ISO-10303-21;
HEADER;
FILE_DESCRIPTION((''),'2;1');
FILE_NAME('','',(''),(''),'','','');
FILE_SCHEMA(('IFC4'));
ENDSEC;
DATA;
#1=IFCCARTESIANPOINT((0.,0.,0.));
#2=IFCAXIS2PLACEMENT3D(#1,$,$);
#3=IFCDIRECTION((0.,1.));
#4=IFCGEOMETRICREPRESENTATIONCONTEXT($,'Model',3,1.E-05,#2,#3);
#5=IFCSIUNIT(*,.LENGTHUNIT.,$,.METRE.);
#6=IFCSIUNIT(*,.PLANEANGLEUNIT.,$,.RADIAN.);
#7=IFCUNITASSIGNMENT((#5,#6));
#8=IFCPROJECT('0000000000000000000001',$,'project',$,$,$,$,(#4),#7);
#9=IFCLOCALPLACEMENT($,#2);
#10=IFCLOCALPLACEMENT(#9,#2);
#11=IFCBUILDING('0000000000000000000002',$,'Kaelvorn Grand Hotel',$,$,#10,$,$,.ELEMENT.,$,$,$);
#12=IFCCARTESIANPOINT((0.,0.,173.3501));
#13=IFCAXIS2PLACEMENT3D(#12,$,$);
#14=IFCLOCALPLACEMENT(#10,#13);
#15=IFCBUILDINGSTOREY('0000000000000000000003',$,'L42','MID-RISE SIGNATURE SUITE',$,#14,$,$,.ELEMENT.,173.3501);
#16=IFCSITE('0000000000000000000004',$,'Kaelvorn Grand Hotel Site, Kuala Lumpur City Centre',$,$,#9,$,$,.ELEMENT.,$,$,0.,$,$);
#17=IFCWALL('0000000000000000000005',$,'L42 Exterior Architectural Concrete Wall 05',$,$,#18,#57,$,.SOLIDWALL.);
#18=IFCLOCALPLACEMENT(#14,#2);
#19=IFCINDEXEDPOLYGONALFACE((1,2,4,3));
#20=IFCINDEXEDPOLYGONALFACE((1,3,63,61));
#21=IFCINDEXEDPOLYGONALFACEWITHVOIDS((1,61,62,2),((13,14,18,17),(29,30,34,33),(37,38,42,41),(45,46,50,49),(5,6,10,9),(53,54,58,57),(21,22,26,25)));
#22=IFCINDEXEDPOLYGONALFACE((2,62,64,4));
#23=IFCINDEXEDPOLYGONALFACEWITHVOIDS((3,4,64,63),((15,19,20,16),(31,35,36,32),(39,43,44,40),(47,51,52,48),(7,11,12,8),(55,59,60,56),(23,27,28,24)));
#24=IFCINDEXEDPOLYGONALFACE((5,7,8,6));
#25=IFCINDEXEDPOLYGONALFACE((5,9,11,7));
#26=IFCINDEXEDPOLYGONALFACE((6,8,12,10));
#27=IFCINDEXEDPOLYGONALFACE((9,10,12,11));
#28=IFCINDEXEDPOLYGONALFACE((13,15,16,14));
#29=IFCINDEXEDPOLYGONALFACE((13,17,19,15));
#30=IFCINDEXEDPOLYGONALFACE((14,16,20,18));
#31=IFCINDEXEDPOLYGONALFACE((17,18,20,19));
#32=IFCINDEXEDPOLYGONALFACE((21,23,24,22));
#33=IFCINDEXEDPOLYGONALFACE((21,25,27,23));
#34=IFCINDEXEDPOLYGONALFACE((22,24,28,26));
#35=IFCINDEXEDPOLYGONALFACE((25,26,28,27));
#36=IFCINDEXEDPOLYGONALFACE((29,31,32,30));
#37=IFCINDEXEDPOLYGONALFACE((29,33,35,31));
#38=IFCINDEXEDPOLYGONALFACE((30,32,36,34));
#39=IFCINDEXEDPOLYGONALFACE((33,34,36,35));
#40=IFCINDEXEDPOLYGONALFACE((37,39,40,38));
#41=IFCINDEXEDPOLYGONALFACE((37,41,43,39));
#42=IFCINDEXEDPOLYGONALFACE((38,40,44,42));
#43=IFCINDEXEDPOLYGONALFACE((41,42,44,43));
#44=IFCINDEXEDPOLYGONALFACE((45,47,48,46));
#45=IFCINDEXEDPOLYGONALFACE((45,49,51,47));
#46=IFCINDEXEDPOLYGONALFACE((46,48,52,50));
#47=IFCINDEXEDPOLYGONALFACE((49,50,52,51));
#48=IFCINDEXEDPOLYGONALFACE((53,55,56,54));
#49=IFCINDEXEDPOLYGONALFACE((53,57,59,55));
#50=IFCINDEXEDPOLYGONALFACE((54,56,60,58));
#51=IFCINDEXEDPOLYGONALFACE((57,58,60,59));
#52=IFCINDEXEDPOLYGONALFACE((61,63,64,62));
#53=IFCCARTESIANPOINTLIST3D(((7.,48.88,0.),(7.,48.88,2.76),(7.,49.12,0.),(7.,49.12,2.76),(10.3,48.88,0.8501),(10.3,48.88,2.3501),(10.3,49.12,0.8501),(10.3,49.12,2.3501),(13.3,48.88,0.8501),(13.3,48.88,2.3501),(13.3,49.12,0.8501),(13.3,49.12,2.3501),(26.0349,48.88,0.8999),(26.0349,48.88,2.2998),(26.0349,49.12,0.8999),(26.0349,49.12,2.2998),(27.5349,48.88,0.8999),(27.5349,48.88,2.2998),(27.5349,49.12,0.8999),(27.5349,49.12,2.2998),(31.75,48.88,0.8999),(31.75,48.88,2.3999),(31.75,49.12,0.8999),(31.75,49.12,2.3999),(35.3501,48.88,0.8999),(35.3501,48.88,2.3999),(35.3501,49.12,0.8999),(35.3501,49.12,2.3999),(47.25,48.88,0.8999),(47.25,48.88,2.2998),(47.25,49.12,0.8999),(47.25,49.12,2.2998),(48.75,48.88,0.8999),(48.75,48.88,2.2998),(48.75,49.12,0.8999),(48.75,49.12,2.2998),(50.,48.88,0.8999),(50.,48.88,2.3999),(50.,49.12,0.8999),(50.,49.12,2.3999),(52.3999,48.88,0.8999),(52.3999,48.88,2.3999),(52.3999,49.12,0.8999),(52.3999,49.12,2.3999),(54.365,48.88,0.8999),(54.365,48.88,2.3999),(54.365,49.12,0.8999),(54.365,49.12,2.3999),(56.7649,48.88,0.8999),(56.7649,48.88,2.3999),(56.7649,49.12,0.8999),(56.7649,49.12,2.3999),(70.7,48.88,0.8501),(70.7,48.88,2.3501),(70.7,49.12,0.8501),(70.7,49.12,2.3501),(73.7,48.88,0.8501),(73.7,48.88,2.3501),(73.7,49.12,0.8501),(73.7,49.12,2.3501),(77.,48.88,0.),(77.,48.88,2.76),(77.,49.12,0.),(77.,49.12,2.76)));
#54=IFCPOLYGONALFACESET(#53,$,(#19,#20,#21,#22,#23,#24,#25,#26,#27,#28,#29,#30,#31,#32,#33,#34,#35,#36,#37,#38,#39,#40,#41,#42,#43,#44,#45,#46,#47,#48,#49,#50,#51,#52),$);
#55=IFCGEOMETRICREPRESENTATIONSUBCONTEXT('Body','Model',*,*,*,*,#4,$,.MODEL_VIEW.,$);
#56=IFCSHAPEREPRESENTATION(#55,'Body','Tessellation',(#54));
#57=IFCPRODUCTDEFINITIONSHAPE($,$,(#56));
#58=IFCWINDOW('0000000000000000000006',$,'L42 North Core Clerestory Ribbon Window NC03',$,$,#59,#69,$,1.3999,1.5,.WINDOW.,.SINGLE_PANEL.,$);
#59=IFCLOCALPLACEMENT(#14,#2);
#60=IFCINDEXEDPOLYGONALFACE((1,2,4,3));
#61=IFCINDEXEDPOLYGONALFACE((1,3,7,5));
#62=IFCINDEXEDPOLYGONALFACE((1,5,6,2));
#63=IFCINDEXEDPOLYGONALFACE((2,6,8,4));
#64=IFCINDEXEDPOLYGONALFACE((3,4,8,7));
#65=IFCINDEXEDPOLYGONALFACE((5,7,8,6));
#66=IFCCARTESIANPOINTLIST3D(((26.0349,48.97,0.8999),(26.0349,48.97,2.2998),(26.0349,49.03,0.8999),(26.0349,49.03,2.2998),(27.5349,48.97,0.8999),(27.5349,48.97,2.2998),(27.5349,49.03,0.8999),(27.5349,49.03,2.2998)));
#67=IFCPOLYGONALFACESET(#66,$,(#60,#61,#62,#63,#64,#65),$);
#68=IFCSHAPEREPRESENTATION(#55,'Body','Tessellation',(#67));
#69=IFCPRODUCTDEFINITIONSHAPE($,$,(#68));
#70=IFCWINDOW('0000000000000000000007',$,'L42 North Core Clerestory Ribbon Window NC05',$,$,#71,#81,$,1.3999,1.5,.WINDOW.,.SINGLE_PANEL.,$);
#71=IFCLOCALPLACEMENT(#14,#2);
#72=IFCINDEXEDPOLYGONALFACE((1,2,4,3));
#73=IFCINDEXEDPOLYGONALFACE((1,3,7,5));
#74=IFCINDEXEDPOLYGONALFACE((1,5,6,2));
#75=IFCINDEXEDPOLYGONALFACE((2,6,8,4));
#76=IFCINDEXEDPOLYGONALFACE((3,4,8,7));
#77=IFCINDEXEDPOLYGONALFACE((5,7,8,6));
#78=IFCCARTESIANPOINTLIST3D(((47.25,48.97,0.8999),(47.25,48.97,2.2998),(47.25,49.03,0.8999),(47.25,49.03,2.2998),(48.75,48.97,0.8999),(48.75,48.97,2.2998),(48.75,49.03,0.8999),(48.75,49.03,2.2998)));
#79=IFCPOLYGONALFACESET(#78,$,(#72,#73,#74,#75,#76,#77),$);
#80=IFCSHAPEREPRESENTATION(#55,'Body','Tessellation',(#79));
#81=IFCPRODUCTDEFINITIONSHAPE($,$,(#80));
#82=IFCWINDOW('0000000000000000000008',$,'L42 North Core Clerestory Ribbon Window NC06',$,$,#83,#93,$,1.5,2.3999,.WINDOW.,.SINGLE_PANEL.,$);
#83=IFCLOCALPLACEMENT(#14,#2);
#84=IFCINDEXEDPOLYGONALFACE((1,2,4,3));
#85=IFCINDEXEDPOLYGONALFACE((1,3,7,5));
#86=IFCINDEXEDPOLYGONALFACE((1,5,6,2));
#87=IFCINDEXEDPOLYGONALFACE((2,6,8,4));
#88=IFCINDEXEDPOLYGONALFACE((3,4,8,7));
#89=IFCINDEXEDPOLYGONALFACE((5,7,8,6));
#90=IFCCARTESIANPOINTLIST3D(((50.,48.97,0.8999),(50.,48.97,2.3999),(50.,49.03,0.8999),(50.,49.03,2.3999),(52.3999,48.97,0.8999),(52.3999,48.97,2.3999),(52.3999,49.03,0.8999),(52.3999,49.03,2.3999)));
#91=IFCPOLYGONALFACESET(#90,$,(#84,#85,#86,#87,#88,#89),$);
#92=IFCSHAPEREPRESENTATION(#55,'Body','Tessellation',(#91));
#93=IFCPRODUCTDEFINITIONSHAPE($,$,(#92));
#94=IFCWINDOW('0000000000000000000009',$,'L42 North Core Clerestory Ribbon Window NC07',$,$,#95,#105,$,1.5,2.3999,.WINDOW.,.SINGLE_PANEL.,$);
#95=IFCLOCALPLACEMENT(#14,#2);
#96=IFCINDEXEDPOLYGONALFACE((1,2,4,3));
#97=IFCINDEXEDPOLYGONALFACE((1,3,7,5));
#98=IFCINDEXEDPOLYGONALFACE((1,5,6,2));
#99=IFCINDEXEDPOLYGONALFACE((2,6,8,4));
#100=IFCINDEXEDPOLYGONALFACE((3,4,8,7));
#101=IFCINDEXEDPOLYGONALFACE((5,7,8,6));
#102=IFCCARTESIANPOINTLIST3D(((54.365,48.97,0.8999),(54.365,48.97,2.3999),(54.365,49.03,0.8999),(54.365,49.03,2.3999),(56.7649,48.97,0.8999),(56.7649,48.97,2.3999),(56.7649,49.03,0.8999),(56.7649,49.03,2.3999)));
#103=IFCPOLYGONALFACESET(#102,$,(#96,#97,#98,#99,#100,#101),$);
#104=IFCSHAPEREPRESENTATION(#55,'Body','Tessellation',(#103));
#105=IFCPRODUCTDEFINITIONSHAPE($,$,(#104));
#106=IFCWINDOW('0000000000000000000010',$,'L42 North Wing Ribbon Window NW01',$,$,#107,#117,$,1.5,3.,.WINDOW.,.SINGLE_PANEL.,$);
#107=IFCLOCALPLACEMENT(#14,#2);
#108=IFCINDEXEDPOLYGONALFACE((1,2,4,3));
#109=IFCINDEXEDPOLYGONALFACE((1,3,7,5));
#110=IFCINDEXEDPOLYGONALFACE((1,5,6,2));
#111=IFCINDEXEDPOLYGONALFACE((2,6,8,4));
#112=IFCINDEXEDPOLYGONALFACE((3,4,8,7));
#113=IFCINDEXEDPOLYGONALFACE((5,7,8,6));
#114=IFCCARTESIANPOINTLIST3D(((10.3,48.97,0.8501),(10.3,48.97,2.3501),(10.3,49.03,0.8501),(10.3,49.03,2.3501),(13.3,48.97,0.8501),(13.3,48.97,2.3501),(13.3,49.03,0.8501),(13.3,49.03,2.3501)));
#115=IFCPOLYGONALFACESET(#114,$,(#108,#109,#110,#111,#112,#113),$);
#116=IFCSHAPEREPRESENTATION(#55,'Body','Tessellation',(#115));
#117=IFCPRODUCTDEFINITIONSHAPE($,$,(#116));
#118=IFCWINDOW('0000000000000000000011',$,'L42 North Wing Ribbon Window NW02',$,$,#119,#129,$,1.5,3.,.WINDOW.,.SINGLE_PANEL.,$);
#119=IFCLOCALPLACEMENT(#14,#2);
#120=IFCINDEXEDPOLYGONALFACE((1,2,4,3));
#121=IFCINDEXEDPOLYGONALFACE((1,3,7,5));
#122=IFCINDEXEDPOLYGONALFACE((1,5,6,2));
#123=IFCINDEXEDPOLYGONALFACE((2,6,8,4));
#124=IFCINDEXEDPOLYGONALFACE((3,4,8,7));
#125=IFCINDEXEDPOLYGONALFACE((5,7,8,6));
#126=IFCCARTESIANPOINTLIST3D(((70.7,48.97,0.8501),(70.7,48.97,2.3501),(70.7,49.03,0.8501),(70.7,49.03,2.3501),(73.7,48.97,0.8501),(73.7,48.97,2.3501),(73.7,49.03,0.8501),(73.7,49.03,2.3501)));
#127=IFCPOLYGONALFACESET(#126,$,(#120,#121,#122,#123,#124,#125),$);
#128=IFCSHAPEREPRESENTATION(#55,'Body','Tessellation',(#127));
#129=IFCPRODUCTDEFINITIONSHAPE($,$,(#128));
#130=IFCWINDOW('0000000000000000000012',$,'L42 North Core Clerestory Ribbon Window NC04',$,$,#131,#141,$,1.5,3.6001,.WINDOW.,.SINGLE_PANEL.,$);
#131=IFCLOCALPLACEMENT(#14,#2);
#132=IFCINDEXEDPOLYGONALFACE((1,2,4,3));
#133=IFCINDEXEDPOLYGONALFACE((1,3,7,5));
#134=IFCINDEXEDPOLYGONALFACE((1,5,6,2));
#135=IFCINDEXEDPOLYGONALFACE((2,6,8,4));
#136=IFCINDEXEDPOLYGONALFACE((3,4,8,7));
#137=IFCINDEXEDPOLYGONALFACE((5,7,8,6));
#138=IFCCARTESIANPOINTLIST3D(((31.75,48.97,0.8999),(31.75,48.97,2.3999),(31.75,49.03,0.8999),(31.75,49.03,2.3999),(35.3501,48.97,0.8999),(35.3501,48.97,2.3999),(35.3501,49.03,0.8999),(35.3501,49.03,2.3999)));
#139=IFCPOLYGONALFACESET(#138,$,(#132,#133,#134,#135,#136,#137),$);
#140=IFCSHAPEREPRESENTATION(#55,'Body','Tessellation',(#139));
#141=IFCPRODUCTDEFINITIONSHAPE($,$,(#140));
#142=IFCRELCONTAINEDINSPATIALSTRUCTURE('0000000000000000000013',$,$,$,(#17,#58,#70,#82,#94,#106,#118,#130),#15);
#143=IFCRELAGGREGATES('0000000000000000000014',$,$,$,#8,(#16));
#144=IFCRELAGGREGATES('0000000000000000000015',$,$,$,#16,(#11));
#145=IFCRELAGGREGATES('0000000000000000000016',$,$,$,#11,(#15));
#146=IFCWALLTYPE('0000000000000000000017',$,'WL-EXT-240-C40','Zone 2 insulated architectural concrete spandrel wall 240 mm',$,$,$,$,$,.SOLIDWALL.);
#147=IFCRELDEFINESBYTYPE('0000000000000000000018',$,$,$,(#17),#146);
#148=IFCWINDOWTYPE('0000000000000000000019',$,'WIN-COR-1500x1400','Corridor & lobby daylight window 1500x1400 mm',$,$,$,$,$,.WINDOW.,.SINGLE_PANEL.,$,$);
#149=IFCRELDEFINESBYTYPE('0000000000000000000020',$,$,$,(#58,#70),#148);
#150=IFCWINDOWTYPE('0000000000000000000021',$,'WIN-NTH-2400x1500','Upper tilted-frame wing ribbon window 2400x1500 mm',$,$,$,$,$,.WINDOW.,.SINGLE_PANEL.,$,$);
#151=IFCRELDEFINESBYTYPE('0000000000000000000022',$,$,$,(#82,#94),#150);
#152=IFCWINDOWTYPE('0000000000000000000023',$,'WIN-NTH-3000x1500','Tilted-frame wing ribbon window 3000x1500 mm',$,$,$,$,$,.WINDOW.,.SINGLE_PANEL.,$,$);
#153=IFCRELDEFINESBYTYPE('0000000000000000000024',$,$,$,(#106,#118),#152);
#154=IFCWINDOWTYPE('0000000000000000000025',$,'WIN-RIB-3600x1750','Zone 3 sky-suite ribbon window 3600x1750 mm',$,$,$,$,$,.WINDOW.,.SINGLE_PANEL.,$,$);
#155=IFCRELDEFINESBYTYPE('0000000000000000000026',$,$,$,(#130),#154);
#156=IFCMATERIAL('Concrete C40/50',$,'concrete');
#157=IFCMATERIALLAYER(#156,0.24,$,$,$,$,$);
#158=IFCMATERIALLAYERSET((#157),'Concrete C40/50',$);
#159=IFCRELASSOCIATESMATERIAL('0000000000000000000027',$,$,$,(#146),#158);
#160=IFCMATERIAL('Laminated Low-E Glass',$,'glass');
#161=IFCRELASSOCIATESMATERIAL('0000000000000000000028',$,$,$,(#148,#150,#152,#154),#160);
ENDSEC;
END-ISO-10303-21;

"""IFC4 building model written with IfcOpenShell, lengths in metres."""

from ifc_helpers import new_model, si_unit, direction, frame, frame_2d, origin, place, context, subcontext, project, spatial, rectangle, extrude, material, layer, layer_set, type_object, element, fill, save


model = new_model("IFC4")

# Units and contexts
model_context = context("Model", 3, precision=1e-05, world=origin(), true_north=direction((0.0, 1.0)))
body_context = subcontext(model_context, "Body", "Model", "MODEL_VIEW")
ifc_project = project(units=[si_unit("LENGTHUNIT", "METRE"), si_unit("PLANEANGLEUNIT", "RADIAN")], contexts=[model_context])

# Site, building, storey
site_placement = place(None, origin())
site = spatial("IfcSite", under=ifc_project, at=site_placement, Name="Kaelvorn Grand Hotel Site, Kuala Lumpur City Centre", CompositionType="ELEMENT", RefElevation=0.0)
building_placement = place(site_placement, origin())
building = spatial("IfcBuilding", under=site, at=building_placement, Name="Kaelvorn Grand Hotel", CompositionType="ELEMENT")
storey_placement = place(building_placement, frame((0.0, 0.0, 173.3501)))
storey = spatial("IfcBuildingStorey", under=building, at=storey_placement, Name="L42", Description="MID-RISE SIGNATURE SUITE", CompositionType="ELEMENT", Elevation=173.3501)

# Shared definitions
ifc_material_1 = material(Name="Concrete C40/50", Category="concrete")
ifc_layer_1 = layer(ifc_material_1, 0.24)
ifc_layer_set_1 = layer_set([ifc_layer_1], Name="Concrete C40/50")
wall_type = type_object("IfcWallType", Name="WL-EXT-240-C40", Description="Zone 2 insulated architectural concrete spandrel wall 240 mm", PredefinedType="SOLIDWALL", material=ifc_layer_set_1)
ifc_material_2 = material(Name="Laminated Low-E Glass", Category="glass")

# Wall, openings, windows
wall_1_placement = place(storey_placement, frame((77.0, 49.0, 0.0), z_axis=(0.0, 0.0, 1.0), x_axis=(-1.0, 0.0, 0.0)))
wall_1 = element("IfcWall", 1, at=wall_1_placement, inside=storey, type_object=wall_type, Name="L42 Exterior Architectural Concrete Wall 05", PredefinedType="SOLIDWALL", context=body_context, shape_type="SweptSolid", body=[
    extrude(rectangle(XDim=70.0, YDim=0.24, at=frame_2d((35.0, 0.0))), origin(), (0.0, 0.0, 1.0), 2.76),
])
opening_1_placement = place(wall_1_placement, frame((63.7, 0.0, 0.8501)))
opening_1 = element("IfcOpeningElement", 2, at=opening_1_placement, cuts=wall_1, PredefinedType="OPENING", context=body_context, shape_type="SweptSolid", body=[
    extrude(rectangle(XDim=3.0, YDim=1.5, at=frame_2d((1.5, 0.75))), frame((0.0, 0.1299, 0.0), z_axis=(0.0, -1.0, 0.0), x_axis=(1.0, 0.0, 0.0)), (0.0, 0.0, 1.0), 0.26),
])
opening_2_placement = place(wall_1_placement, frame((3.3, 0.0, 0.8501)))
opening_2 = element("IfcOpeningElement", 3, at=opening_2_placement, cuts=wall_1, PredefinedType="OPENING", context=body_context, shape_type="SweptSolid", body=[
    extrude(rectangle(XDim=3.0, YDim=1.5, at=frame_2d((1.5, 0.75))), frame((0.0, 0.1299, 0.0), z_axis=(0.0, -1.0, 0.0), x_axis=(1.0, 0.0, 0.0)), (0.0, 0.0, 1.0), 0.26),
])
opening_3_placement = place(wall_1_placement, frame((49.4651, 0.0, 0.8999)))
opening_3 = element("IfcOpeningElement", 4, at=opening_3_placement, cuts=wall_1, PredefinedType="OPENING", context=body_context, shape_type="SweptSolid", body=[
    extrude(rectangle(XDim=1.5, YDim=1.3999, at=frame_2d((0.75, 0.7))), frame((0.0, 0.1299, 0.0), z_axis=(0.0, -1.0, 0.0), x_axis=(1.0, 0.0, 0.0)), (0.0, 0.0, 1.0), 0.26),
])
opening_4_placement = place(wall_1_placement, frame((41.6499, 0.0, 0.8999)))
opening_4 = element("IfcOpeningElement", 5, at=opening_4_placement, cuts=wall_1, PredefinedType="OPENING", context=body_context, shape_type="SweptSolid", body=[
    extrude(rectangle(XDim=3.6001, YDim=1.5, at=frame_2d((1.8, 0.75))), frame((0.0, 0.1299, 0.0), z_axis=(0.0, -1.0, 0.0), x_axis=(1.0, 0.0, 0.0)), (0.0, 0.0, 1.0), 0.26),
])
opening_5_placement = place(wall_1_placement, frame((28.25, 0.0, 0.8999)))
opening_5 = element("IfcOpeningElement", 6, at=opening_5_placement, cuts=wall_1, PredefinedType="OPENING", context=body_context, shape_type="SweptSolid", body=[
    extrude(rectangle(XDim=1.5, YDim=1.3999, at=frame_2d((0.75, 0.7))), frame((0.0, 0.1299, 0.0), z_axis=(0.0, -1.0, 0.0), x_axis=(1.0, 0.0, 0.0)), (0.0, 0.0, 1.0), 0.26),
])
opening_6_placement = place(wall_1_placement, frame((24.6001, 0.0, 0.8999)))
opening_6 = element("IfcOpeningElement", 7, at=opening_6_placement, cuts=wall_1, PredefinedType="OPENING", context=body_context, shape_type="SweptSolid", body=[
    extrude(rectangle(XDim=2.3999, YDim=1.5, at=frame_2d((1.2, 0.75))), frame((0.0, 0.1299, 0.0), z_axis=(0.0, -1.0, 0.0), x_axis=(1.0, 0.0, 0.0)), (0.0, 0.0, 1.0), 0.26),
])
opening_7_placement = place(wall_1_placement, frame((20.2351, 0.0, 0.8999)))
opening_7 = element("IfcOpeningElement", 8, at=opening_7_placement, cuts=wall_1, PredefinedType="OPENING", context=body_context, shape_type="SweptSolid", body=[
    extrude(rectangle(XDim=2.3999, YDim=1.5, at=frame_2d((1.2, 0.75))), frame((0.0, 0.1299, 0.0), z_axis=(0.0, -1.0, 0.0), x_axis=(1.0, 0.0, 0.0)), (0.0, 0.0, 1.0), 0.26),
])
window_type_1 = type_object("IfcWindowType", Name="WIN-COR-1500x1400", Description="Corridor & lobby daylight window 1500x1400 mm", PartitioningType="SINGLE_PANEL", PredefinedType="WINDOW", material=ifc_material_2)
window_1_placement = place(opening_3_placement, origin())
window_1 = element("IfcWindow", 9, at=window_1_placement, inside=storey, type_object=window_type_1, Name="L42 North Core Clerestory Ribbon Window NC03", OverallHeight=1.3999, OverallWidth=1.5, PartitioningType="SINGLE_PANEL", PredefinedType="WINDOW", context=body_context, shape_type="SweptSolid", body=[
    extrude(rectangle(XDim=1.5, YDim=1.3999, at=frame_2d((0.75, 0.7))), frame((0.0, 0.03, 0.0), z_axis=(0.0, -1.0, 0.0), x_axis=(1.0, 0.0, 0.0)), (0.0, 0.0, 1.0), 0.0601),
])
fill(opening_3, window_1)
window_2_placement = place(opening_5_placement, origin())
window_2 = element("IfcWindow", 10, at=window_2_placement, inside=storey, type_object=window_type_1, Name="L42 North Core Clerestory Ribbon Window NC05", OverallHeight=1.3999, OverallWidth=1.5, PartitioningType="SINGLE_PANEL", PredefinedType="WINDOW", context=body_context, shape_type="SweptSolid", body=[
    extrude(rectangle(XDim=1.5, YDim=1.3999, at=frame_2d((0.75, 0.7))), frame((0.0, 0.03, 0.0), z_axis=(0.0, -1.0, 0.0), x_axis=(1.0, 0.0, 0.0)), (0.0, 0.0, 1.0), 0.0601),
])
fill(opening_5, window_2)
window_type_2 = type_object("IfcWindowType", Name="WIN-NTH-2400x1500", Description="Upper tilted-frame wing ribbon window 2400x1500 mm", PartitioningType="SINGLE_PANEL", PredefinedType="WINDOW", material=ifc_material_2)
window_3_placement = place(opening_6_placement, origin())
window_3 = element("IfcWindow", 11, at=window_3_placement, inside=storey, type_object=window_type_2, Name="L42 North Core Clerestory Ribbon Window NC06", OverallHeight=1.5, OverallWidth=2.3999, PartitioningType="SINGLE_PANEL", PredefinedType="WINDOW", context=body_context, shape_type="SweptSolid", body=[
    extrude(rectangle(XDim=2.3999, YDim=1.5, at=frame_2d((1.2, 0.75))), frame((0.0, 0.03, 0.0), z_axis=(0.0, -1.0, 0.0), x_axis=(1.0, 0.0, 0.0)), (0.0, 0.0, 1.0), 0.0601),
])
fill(opening_6, window_3)
window_4_placement = place(opening_7_placement, origin())
window_4 = element("IfcWindow", 12, at=window_4_placement, inside=storey, type_object=window_type_2, Name="L42 North Core Clerestory Ribbon Window NC07", OverallHeight=1.5, OverallWidth=2.3999, PartitioningType="SINGLE_PANEL", PredefinedType="WINDOW", context=body_context, shape_type="SweptSolid", body=[
    extrude(rectangle(XDim=2.3999, YDim=1.5, at=frame_2d((1.2, 0.75))), frame((0.0, 0.03, 0.0), z_axis=(0.0, -1.0, 0.0), x_axis=(1.0, 0.0, 0.0)), (0.0, 0.0, 1.0), 0.0601),
])
fill(opening_7, window_4)
window_type_3 = type_object("IfcWindowType", Name="WIN-NTH-3000x1500", Description="Tilted-frame wing ribbon window 3000x1500 mm", PartitioningType="SINGLE_PANEL", PredefinedType="WINDOW", material=ifc_material_2)
window_5_placement = place(opening_1_placement, origin())
window_5 = element("IfcWindow", 13, at=window_5_placement, inside=storey, type_object=window_type_3, Name="L42 North Wing Ribbon Window NW01", OverallHeight=1.5, OverallWidth=3.0, PartitioningType="SINGLE_PANEL", PredefinedType="WINDOW", context=body_context, shape_type="SweptSolid", body=[
    extrude(rectangle(XDim=3.0, YDim=1.5, at=frame_2d((1.5, 0.75))), frame((0.0, 0.03, 0.0), z_axis=(0.0, -1.0, 0.0), x_axis=(1.0, 0.0, 0.0)), (0.0, 0.0, 1.0), 0.0601),
])
fill(opening_1, window_5)
window_6_placement = place(opening_2_placement, origin())
window_6 = element("IfcWindow", 14, at=window_6_placement, inside=storey, type_object=window_type_3, Name="L42 North Wing Ribbon Window NW02", OverallHeight=1.5, OverallWidth=3.0, PartitioningType="SINGLE_PANEL", PredefinedType="WINDOW", context=body_context, shape_type="SweptSolid", body=[
    extrude(rectangle(XDim=3.0, YDim=1.5, at=frame_2d((1.5, 0.75))), frame((0.0, 0.03, 0.0), z_axis=(0.0, -1.0, 0.0), x_axis=(1.0, 0.0, 0.0)), (0.0, 0.0, 1.0), 0.0601),
])
fill(opening_2, window_6)
window_type_4 = type_object("IfcWindowType", Name="WIN-RIB-3600x1750", Description="Zone 3 sky-suite ribbon window 3600x1750 mm", PartitioningType="SINGLE_PANEL", PredefinedType="WINDOW", material=ifc_material_2)
window_7_placement = place(opening_4_placement, origin())
window_7 = element("IfcWindow", 15, at=window_7_placement, inside=storey, type_object=window_type_4, Name="L42 North Core Clerestory Ribbon Window NC04", OverallHeight=1.5, OverallWidth=3.6001, PartitioningType="SINGLE_PANEL", PredefinedType="WINDOW", context=body_context, shape_type="SweptSolid", body=[
    extrude(rectangle(XDim=3.6001, YDim=1.5, at=frame_2d((1.8, 0.75))), frame((0.0, 0.03, 0.0), z_axis=(0.0, -1.0, 0.0), x_axis=(1.0, 0.0, 0.0)), (0.0, 0.0, 1.0), 0.0601),
])
fill(opening_4, window_7)

save(model, "model.ifc")
